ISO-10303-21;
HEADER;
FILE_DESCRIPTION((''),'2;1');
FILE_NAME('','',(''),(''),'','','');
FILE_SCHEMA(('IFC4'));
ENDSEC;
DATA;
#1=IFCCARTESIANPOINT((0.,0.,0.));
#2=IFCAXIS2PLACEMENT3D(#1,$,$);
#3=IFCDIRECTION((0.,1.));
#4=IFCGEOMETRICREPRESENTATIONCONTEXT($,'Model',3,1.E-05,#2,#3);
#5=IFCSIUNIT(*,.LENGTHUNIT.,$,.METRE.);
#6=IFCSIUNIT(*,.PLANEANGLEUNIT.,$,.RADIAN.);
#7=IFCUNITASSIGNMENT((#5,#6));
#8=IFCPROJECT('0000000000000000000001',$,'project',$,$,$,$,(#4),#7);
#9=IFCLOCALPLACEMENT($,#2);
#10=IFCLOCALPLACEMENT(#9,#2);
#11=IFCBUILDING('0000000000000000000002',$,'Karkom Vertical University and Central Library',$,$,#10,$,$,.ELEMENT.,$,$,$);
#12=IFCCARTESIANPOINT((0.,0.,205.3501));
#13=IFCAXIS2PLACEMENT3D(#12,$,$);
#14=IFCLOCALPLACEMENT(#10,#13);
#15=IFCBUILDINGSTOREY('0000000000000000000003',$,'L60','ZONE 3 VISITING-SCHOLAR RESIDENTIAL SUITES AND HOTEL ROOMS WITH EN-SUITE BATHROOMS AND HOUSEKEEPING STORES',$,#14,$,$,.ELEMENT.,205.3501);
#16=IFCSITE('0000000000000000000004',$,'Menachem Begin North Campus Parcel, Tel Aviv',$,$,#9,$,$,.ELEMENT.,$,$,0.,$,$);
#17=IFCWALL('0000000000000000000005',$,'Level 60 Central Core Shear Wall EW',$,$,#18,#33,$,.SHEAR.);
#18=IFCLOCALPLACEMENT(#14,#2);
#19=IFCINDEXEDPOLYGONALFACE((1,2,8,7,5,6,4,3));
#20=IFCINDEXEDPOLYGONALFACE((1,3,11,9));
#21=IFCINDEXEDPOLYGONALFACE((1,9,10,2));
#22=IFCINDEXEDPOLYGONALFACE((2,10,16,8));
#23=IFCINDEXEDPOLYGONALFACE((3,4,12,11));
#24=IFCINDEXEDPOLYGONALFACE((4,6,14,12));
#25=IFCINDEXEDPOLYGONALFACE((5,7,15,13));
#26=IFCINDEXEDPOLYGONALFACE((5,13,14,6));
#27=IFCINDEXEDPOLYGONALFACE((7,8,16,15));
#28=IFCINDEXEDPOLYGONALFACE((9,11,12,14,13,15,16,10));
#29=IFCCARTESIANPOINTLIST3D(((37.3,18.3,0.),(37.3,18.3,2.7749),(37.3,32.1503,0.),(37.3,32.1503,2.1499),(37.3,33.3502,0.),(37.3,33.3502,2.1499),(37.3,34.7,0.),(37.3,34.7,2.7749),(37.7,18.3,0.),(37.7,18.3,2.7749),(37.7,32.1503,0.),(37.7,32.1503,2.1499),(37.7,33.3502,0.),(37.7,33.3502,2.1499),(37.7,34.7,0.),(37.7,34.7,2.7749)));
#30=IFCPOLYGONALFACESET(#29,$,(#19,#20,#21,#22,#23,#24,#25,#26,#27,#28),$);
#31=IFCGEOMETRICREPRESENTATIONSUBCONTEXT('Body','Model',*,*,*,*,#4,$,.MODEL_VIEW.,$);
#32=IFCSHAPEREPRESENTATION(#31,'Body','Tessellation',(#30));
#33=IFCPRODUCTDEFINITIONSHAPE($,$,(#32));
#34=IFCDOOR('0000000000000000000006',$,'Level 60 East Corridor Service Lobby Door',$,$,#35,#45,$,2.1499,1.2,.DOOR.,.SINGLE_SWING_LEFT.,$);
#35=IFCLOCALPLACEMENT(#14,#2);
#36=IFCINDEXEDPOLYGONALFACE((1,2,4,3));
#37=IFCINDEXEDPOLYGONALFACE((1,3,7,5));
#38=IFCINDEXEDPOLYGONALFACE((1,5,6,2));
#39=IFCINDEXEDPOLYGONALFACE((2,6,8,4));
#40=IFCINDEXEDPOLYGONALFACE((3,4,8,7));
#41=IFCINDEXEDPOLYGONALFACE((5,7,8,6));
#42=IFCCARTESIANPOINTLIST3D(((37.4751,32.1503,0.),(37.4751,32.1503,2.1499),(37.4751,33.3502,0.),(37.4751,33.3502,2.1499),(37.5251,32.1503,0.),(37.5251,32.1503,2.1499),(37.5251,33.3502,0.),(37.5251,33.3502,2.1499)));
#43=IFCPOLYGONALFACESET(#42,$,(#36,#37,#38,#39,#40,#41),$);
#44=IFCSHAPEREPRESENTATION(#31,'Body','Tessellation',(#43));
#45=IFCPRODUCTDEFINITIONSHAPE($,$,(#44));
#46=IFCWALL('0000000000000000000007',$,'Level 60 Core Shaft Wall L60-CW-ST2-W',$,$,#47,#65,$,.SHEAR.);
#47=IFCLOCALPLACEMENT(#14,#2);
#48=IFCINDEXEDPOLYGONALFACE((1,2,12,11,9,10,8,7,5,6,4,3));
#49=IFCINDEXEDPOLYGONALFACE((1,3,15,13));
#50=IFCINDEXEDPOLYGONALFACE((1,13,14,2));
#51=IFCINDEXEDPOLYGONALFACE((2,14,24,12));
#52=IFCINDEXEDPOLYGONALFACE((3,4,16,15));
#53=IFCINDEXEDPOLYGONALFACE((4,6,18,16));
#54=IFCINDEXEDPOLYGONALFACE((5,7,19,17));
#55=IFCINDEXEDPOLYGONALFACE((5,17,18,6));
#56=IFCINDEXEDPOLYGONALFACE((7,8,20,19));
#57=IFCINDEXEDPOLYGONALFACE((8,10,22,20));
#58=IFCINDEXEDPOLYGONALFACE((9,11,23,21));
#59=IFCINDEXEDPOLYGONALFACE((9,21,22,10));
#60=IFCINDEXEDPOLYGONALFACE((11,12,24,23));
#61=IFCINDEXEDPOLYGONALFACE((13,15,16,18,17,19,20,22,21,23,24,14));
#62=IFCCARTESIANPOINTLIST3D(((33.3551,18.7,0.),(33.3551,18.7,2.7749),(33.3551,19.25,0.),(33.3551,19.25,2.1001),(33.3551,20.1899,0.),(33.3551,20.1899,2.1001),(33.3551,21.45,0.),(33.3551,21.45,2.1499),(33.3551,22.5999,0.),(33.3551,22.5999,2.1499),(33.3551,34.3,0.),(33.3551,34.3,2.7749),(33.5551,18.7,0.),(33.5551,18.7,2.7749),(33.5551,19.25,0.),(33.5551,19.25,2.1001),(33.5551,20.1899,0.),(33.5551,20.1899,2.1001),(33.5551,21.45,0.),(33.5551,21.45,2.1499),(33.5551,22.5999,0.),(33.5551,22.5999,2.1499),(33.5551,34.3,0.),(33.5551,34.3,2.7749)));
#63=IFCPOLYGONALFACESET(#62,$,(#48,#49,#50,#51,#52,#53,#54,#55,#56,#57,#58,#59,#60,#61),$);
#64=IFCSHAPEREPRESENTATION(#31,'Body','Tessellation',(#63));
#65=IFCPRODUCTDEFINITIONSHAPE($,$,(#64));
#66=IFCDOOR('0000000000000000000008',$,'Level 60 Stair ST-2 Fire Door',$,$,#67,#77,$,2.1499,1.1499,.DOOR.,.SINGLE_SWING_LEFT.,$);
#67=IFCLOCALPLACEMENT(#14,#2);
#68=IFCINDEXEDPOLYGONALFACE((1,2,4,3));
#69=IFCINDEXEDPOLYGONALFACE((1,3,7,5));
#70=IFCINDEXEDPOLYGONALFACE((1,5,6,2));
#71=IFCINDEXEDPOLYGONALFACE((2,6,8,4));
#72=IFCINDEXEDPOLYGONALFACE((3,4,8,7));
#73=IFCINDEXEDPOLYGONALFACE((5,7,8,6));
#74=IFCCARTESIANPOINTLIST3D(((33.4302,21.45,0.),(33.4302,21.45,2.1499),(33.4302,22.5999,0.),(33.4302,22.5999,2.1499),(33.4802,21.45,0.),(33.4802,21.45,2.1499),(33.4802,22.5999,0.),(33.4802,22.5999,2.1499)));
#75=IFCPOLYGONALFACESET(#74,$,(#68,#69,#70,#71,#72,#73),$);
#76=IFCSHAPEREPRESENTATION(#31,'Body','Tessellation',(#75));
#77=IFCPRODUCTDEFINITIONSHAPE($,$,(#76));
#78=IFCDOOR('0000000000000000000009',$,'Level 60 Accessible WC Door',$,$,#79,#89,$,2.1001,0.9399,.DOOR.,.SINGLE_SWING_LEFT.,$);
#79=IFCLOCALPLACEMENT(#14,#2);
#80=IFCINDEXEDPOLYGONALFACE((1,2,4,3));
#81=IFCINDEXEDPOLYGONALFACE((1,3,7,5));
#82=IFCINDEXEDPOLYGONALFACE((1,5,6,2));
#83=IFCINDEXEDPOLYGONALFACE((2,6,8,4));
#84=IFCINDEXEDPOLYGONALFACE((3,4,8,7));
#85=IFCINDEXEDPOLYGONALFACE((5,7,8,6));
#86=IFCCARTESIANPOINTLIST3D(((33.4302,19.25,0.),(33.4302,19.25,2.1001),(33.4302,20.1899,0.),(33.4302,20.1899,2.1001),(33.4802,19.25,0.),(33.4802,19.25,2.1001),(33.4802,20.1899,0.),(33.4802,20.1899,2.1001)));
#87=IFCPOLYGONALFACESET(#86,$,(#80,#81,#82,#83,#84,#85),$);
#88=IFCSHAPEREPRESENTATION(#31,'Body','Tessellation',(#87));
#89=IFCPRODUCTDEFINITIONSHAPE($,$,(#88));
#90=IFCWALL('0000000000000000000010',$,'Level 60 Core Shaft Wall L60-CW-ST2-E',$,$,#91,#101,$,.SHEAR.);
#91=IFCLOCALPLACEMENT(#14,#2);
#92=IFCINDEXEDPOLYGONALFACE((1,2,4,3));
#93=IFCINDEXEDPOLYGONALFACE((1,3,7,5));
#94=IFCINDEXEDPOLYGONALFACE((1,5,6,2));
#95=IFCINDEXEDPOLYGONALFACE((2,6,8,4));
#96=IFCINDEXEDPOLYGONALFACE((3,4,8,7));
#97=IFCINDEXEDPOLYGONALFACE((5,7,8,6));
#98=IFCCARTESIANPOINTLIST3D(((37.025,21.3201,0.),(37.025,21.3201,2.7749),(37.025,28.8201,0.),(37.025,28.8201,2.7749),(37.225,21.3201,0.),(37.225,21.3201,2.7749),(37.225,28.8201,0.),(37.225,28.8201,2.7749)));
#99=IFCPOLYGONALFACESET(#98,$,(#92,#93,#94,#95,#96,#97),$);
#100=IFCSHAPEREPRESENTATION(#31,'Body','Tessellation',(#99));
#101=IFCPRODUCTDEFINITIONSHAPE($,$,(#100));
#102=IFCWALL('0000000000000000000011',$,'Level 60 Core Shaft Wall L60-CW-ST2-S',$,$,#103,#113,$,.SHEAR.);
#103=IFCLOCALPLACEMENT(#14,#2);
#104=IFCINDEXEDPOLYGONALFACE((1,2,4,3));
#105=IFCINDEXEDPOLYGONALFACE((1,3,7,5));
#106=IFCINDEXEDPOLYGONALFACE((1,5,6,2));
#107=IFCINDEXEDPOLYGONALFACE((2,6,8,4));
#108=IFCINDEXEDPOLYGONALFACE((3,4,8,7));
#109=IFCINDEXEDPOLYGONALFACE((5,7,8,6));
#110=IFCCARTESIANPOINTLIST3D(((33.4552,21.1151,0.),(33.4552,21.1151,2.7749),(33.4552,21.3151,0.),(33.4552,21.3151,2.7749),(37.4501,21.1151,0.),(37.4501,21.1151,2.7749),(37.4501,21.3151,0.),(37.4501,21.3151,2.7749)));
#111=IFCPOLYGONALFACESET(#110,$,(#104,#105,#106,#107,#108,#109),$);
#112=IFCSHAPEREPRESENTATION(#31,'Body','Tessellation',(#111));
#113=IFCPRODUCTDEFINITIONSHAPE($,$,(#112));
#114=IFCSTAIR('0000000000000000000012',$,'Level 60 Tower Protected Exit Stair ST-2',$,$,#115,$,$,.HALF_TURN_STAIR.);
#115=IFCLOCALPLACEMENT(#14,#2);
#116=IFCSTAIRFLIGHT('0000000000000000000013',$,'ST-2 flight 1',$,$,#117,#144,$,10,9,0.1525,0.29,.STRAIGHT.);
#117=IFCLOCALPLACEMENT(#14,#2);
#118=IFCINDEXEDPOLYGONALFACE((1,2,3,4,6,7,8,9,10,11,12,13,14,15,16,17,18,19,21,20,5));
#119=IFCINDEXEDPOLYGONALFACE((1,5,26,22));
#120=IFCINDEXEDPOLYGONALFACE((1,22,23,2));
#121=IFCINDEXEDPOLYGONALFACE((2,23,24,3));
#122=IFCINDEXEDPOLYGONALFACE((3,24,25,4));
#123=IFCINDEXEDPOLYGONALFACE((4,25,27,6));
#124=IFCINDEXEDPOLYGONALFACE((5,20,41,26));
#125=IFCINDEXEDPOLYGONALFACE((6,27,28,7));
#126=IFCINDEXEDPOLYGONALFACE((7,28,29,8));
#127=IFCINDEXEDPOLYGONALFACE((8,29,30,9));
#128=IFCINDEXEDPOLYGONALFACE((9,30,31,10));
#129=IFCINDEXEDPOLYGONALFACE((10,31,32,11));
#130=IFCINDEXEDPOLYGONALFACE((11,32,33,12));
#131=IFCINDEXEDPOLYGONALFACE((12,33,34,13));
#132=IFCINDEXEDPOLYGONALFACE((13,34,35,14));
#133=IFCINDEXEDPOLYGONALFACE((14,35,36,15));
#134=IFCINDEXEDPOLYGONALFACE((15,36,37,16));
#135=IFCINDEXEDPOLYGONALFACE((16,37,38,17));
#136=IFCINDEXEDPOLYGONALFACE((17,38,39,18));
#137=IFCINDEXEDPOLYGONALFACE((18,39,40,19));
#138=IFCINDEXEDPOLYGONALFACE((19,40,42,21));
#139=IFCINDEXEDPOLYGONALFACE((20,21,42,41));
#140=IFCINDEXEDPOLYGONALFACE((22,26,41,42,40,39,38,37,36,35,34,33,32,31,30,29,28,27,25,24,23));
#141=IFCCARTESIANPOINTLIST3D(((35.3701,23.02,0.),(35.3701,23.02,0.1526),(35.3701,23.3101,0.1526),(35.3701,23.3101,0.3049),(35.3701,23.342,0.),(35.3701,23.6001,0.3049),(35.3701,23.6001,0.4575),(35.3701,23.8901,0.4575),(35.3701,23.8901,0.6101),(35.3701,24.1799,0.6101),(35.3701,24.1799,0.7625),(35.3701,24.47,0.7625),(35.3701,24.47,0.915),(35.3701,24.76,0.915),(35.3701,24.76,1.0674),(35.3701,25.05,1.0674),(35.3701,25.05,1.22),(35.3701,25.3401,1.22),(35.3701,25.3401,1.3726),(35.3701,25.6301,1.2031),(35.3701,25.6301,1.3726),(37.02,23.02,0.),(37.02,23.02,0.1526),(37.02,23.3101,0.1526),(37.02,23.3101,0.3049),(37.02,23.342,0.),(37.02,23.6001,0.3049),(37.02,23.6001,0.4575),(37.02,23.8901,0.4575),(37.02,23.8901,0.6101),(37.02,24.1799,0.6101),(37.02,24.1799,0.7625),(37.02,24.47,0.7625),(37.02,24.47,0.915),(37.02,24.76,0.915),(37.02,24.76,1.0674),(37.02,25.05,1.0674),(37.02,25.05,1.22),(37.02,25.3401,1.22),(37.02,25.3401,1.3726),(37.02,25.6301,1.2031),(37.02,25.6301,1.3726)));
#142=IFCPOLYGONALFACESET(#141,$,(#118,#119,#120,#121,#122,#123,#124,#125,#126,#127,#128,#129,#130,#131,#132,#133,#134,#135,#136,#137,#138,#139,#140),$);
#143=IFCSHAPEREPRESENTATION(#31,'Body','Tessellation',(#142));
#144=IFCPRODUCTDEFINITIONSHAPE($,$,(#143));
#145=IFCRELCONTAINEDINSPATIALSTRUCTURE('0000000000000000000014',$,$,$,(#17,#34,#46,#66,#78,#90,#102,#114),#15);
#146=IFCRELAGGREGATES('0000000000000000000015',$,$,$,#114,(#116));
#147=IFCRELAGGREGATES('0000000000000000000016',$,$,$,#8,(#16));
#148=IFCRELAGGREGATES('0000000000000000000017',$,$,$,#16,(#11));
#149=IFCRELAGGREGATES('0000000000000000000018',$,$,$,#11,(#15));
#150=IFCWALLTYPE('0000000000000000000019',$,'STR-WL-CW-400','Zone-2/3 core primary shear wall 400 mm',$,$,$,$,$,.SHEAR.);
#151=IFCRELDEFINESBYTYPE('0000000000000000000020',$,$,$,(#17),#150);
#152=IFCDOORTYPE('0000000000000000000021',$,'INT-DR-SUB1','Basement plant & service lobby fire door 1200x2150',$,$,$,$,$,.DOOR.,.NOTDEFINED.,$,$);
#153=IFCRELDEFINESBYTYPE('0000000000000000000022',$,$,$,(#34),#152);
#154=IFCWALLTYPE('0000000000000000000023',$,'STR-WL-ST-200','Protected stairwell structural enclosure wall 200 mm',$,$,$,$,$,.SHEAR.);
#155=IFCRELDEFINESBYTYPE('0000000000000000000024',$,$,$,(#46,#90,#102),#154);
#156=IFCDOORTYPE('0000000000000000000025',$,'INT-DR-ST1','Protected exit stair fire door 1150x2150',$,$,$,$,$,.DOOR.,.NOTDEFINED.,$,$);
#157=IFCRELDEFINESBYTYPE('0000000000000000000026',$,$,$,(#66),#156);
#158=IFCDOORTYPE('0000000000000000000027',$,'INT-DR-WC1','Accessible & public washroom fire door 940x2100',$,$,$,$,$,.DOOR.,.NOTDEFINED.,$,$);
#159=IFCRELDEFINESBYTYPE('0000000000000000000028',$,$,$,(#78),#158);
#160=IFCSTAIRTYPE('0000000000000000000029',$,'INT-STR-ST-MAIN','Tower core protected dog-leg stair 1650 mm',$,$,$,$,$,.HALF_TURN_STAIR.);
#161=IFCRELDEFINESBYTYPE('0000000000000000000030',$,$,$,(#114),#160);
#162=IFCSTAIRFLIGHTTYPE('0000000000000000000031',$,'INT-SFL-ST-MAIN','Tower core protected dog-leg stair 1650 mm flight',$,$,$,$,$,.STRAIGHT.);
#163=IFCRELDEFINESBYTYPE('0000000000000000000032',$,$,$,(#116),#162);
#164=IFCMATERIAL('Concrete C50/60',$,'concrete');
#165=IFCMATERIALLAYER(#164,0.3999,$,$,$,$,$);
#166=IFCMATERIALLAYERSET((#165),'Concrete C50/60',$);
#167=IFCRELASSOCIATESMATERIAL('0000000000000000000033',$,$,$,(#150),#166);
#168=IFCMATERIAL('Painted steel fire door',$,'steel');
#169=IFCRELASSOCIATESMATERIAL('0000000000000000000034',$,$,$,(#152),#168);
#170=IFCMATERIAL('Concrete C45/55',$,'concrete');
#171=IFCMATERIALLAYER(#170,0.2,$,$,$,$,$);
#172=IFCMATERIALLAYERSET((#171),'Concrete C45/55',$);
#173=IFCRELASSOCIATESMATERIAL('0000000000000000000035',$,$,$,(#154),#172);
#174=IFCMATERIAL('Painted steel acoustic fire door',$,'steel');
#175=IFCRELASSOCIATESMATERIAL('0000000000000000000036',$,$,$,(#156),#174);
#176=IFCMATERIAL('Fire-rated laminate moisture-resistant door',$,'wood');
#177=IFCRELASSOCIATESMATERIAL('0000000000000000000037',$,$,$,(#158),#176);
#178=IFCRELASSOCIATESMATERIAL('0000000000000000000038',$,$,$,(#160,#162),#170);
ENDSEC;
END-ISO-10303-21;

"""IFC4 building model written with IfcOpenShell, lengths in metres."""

from ifc_helpers import new_model, si_unit, direction, frame, frame_2d, origin, origin_with_axes, place, context, subcontext, project, spatial, polyline, rectangle, outline, extrude, source, transform, mapped, material, layer, layer_set, type_object, element, fill, aggregate, save


model = new_model("IFC4")

# Units and contexts
model_context = context("Model", 3, precision=1e-05, world=origin(), true_north=direction((0.0, 1.0)))
body_context = subcontext(model_context, "Body", "Model", "MODEL_VIEW")
ifc_project = project(units=[si_unit("LENGTHUNIT", "METRE"), si_unit("PLANEANGLEUNIT", "RADIAN")], contexts=[model_context])

# Site, building, storey
site_placement = place(None, origin())
site = spatial("IfcSite", under=ifc_project, at=site_placement, Name="Menachem Begin North Campus Parcel, Tel Aviv", CompositionType="ELEMENT", RefElevation=0.0)
building_placement = place(site_placement, origin())
building = spatial("IfcBuilding", under=site, at=building_placement, Name="Karkom Vertical University and Central Library", CompositionType="ELEMENT")
storey_placement = place(building_placement, frame((0.0, 0.0, 205.3501)))
storey = spatial("IfcBuildingStorey", under=building, at=storey_placement, Name="L60", Description="ZONE 3 VISITING-SCHOLAR RESIDENTIAL SUITES AND HOTEL ROOMS WITH EN-SUITE BATHROOMS AND HOUSEKEEPING STORES", CompositionType="ELEMENT", Elevation=205.3501)

# Shared definitions
ifc_material_1 = material(Name="Concrete C50/60", Category="concrete")

# Wall, opening, door
ifc_layer_1 = layer(ifc_material_1, 0.3999)
ifc_layer_set_1 = layer_set([ifc_layer_1], Name="Concrete C50/60")
wall_type_1 = type_object("IfcWallType", Name="STR-WL-CW-400", Description="Zone-2/3 core primary shear wall 400 mm", PredefinedType="SHEAR", material=ifc_layer_set_1)
wall_1_placement = place(storey_placement, frame((37.5, 18.3, 0.0), z_axis=(0.0, 0.0, 1.0), x_axis=(0.0, 1.0, 0.0)))
wall_1 = element("IfcWall", 1, at=wall_1_placement, inside=storey, type_object=wall_type_1, Name="Level 60 Central Core Shear Wall EW", PredefinedType="SHEAR", context=body_context, shape_type="SweptSolid", body=[
    extrude(rectangle(XDim=16.3999, YDim=0.3999, at=frame_2d((8.2, 0.0))), origin(), (0.0, 0.0, 1.0), 2.7749),
])
opening_1_placement = place(wall_1_placement, frame((13.8501, 0.0, 0.0)))
opening_1 = element("IfcOpeningElement", 2, at=opening_1_placement, cuts=wall_1, PredefinedType="OPENING", context=body_context, shape_type="SweptSolid", body=[
    extrude(rectangle(XDim=1.2, YDim=2.1499, at=frame_2d((0.6001, 1.075))), frame((0.0, 0.21, 0.0), z_axis=(0.0, -1.0, 0.0), x_axis=(1.0, 0.0, 0.0)), (0.0, 0.0, 1.0), 0.4199),
])
ifc_material_2 = material(Name="Painted steel fire door", Category="steel")
door_type_1 = type_object("IfcDoorType", Name="INT-DR-SUB1", Description="Basement plant & service lobby fire door 1200x2150", OperationType="NOTDEFINED", PredefinedType="DOOR", material=ifc_material_2)
shared_shape_1 = source(origin_with_axes(), body_context, "Body", "SweptSolid", [
    extrude(rectangle(XDim=1.2, YDim=2.1499, at=frame_2d((0.6001, 1.075))), frame((0.0, 0.0249, 0.0), z_axis=(0.0, -1.0, 0.0), x_axis=(1.0, 0.0, 0.0)), (0.0, 0.0, 1.0), 0.05),
])
door_1_placement = place(opening_1_placement, origin())
door_1 = element("IfcDoor", 3, at=door_1_placement, inside=storey, type_object=door_type_1, Name="Level 60 East Corridor Service Lobby Door", OperationType="SINGLE_SWING_LEFT", OverallHeight=2.1499, OverallWidth=1.2, PredefinedType="DOOR", context=body_context, shape_type="MappedRepresentation", body=[
    mapped(shared_shape_1, transform((0.0, 0.0, 0.0), scale=1.0)),
])
fill(opening_1, door_1)

# Wall, openings, doors
ifc_material_3 = material(Name="Concrete C45/55", Category="concrete")
ifc_layer_2 = layer(ifc_material_3, 0.2)
ifc_layer_set_2 = layer_set([ifc_layer_2], Name="Concrete C45/55")
wall_type_2 = type_object("IfcWallType", Name="STR-WL-ST-200", Description="Protected stairwell structural enclosure wall 200 mm", PredefinedType="SHEAR", material=ifc_layer_set_2)
wall_2_placement = place(storey_placement, frame((33.4551, 18.7, 0.0), z_axis=(0.0, 0.0, 1.0), x_axis=(0.0, 1.0, 0.0)))
wall_2 = element("IfcWall", 4, at=wall_2_placement, inside=storey, type_object=wall_type_2, Name="Level 60 Core Shaft Wall L60-CW-ST2-W", PredefinedType="SHEAR", context=body_context, shape_type="SweptSolid", body=[
    extrude(rectangle(XDim=15.6001, YDim=0.2, at=frame_2d((7.8, 0.0))), origin(), (0.0, 0.0, 1.0), 2.7749),
])
opening_2_placement = place(wall_2_placement, frame((2.75, 0.0, 0.0)))
opening_2 = element("IfcOpeningElement", 5, at=opening_2_placement, cuts=wall_2, PredefinedType="OPENING", context=body_context, shape_type="SweptSolid", body=[
    extrude(rectangle(XDim=1.1499, YDim=2.1499, at=frame_2d((0.575, 1.075))), frame((0.0, 0.1099, 0.0), z_axis=(0.0, -1.0, 0.0), x_axis=(1.0, 0.0, 0.0)), (0.0, 0.0, 1.0), 0.22),
])
opening_3_placement = place(wall_2_placement, frame((0.55, 0.0, 0.0)))
opening_3 = element("IfcOpeningElement", 6, at=opening_3_placement, cuts=wall_2, PredefinedType="OPENING", context=body_context, shape_type="SweptSolid", body=[
    extrude(rectangle(XDim=0.9399, YDim=2.1001, at=frame_2d((0.47, 1.05))), frame((0.0, 0.1099, 0.0), z_axis=(0.0, -1.0, 0.0), x_axis=(1.0, 0.0, 0.0)), (0.0, 0.0, 1.0), 0.22),
])
ifc_material_4 = material(Name="Painted steel acoustic fire door", Category="steel")
door_type_2 = type_object("IfcDoorType", Name="INT-DR-ST1", Description="Protected exit stair fire door 1150x2150", OperationType="NOTDEFINED", PredefinedType="DOOR", material=ifc_material_4)
shared_shape_2 = source(origin_with_axes(), body_context, "Body", "SweptSolid", [
    extrude(rectangle(XDim=1.1499, YDim=2.1499, at=frame_2d((0.575, 1.075))), frame((0.0, 0.0249, 0.0), z_axis=(0.0, -1.0, 0.0), x_axis=(1.0, 0.0, 0.0)), (0.0, 0.0, 1.0), 0.05),
])
door_2_placement = place(opening_2_placement, origin())
door_2 = element("IfcDoor", 7, at=door_2_placement, inside=storey, type_object=door_type_2, Name="Level 60 Stair ST-2 Fire Door", OperationType="SINGLE_SWING_LEFT", OverallHeight=2.1499, OverallWidth=1.1499, PredefinedType="DOOR", context=body_context, shape_type="MappedRepresentation", body=[
    mapped(shared_shape_2, transform((0.0, 0.0, 0.0), scale=1.0)),
])
fill(opening_2, door_2)
ifc_material_5 = material(Name="Fire-rated laminate moisture-resistant door", Category="wood")
door_type_3 = type_object("IfcDoorType", Name="INT-DR-WC1", Description="Accessible & public washroom fire door 940x2100", OperationType="NOTDEFINED", PredefinedType="DOOR", material=ifc_material_5)
shared_shape_3 = source(origin_with_axes(), body_context, "Body", "SweptSolid", [
    extrude(rectangle(XDim=0.9399, YDim=2.1001, at=frame_2d((0.47, 1.05))), frame((0.0, 0.0249, 0.0), z_axis=(0.0, -1.0, 0.0), x_axis=(1.0, 0.0, 0.0)), (0.0, 0.0, 1.0), 0.05),
])
door_3_placement = place(opening_3_placement, origin())
door_3 = element("IfcDoor", 8, at=door_3_placement, inside=storey, type_object=door_type_3, Name="Level 60 Accessible WC Door", OperationType="SINGLE_SWING_LEFT", OverallHeight=2.1001, OverallWidth=0.9399, PredefinedType="DOOR", context=body_context, shape_type="MappedRepresentation", body=[
    mapped(shared_shape_3, transform((0.0, 0.0, 0.0), scale=1.0)),
])
fill(opening_3, door_3)

# Walls
wall_3_placement = place(storey_placement, frame((37.125, 21.3201, 0.0), z_axis=(0.0, 0.0, 1.0), x_axis=(0.0, 1.0, 0.0)))
element("IfcWall", 9, at=wall_3_placement, inside=storey, type_object=wall_type_2, Name="Level 60 Core Shaft Wall L60-CW-ST2-E", PredefinedType="SHEAR", context=body_context, shape_type="SweptSolid", body=[
    extrude(rectangle(XDim=7.5, YDim=0.2, at=frame_2d((3.75, 0.0))), origin(), (0.0, 0.0, 1.0), 2.7749),
])
wall_4_placement = place(storey_placement, frame((33.4551, 21.2151, 0.0), z_axis=(0.0, 0.0, 1.0), x_axis=(1.0, 0.0, 0.0)))
element("IfcWall", 10, at=wall_4_placement, inside=storey, type_object=wall_type_2, Name="Level 60 Core Shaft Wall L60-CW-ST2-S", PredefinedType="SHEAR", context=body_context, shape_type="SweptSolid", body=[
    extrude(rectangle(XDim=3.9949, YDim=0.2, at=frame_2d((1.9976, 0.0))), origin(), (0.0, 0.0, 1.0), 2.7749),
])

# Stair, stair flight
stair_type = type_object("IfcStairType", Name="INT-STR-ST-MAIN", Description="Tower core protected dog-leg stair 1650 mm", PredefinedType="HALF_TURN_STAIR", material=ifc_material_3)
stair_placement = place(storey_placement, origin())
stair = element("IfcStair", 11, at=stair_placement, inside=storey, type_object=stair_type, Name="Level 60 Tower Protected Exit Stair ST-2", PredefinedType="HALF_TURN_STAIR")
stair_flight_type = type_object("IfcStairFlightType", Name="INT-SFL-ST-MAIN", Description="Tower core protected dog-leg stair 1650 mm flight", PredefinedType="STRAIGHT", material=ifc_material_3)
stair_flight_placement = place(storey_placement, frame((36.1951, 23.02, 0.0), z_axis=(0.0, 0.0, 1.0), x_axis=(0.0, 1.0, 0.0)))
stair_flight = element("IfcStairFlight", 12, at=stair_flight_placement, type_object=stair_flight_type, Name="ST-2 flight 1", NumberOfRisers=10, NumberOfTreads=9, PredefinedType="STRAIGHT", RiserHeight=0.1525, TreadLength=0.29, context=body_context, shape_type="SweptSolid", body=[
    extrude(outline(polyline([(0.0, 0.0), (0.0, 0.1526), (0.29, 0.1526), (0.29, 0.3049), (0.5801, 0.3049), (0.5801, 0.4575), (0.8701, 0.4575), (0.8701, 0.6101), (1.1599, 0.6101), (1.1599, 0.7625), (1.45, 0.7625), (1.45, 0.915), (1.74, 0.915), (1.74, 1.0674), (2.03, 1.0674), (2.03, 1.22), (2.3201, 1.22), (2.3201, 1.3726), (2.6101, 1.3726), (2.6101, 1.5249), (2.6101, 1.2031), (0.322, 0.0), (0.0, 0.0)])), frame((0.0, 0.825, 0.0), z_axis=(0.0, -1.0, 0.0), x_axis=(1.0, 0.0, 0.0)), (0.0, 0.0, 1.0), 1.6499),
])
aggregate(stair, [stair_flight])

save(model, "model.ifc")
